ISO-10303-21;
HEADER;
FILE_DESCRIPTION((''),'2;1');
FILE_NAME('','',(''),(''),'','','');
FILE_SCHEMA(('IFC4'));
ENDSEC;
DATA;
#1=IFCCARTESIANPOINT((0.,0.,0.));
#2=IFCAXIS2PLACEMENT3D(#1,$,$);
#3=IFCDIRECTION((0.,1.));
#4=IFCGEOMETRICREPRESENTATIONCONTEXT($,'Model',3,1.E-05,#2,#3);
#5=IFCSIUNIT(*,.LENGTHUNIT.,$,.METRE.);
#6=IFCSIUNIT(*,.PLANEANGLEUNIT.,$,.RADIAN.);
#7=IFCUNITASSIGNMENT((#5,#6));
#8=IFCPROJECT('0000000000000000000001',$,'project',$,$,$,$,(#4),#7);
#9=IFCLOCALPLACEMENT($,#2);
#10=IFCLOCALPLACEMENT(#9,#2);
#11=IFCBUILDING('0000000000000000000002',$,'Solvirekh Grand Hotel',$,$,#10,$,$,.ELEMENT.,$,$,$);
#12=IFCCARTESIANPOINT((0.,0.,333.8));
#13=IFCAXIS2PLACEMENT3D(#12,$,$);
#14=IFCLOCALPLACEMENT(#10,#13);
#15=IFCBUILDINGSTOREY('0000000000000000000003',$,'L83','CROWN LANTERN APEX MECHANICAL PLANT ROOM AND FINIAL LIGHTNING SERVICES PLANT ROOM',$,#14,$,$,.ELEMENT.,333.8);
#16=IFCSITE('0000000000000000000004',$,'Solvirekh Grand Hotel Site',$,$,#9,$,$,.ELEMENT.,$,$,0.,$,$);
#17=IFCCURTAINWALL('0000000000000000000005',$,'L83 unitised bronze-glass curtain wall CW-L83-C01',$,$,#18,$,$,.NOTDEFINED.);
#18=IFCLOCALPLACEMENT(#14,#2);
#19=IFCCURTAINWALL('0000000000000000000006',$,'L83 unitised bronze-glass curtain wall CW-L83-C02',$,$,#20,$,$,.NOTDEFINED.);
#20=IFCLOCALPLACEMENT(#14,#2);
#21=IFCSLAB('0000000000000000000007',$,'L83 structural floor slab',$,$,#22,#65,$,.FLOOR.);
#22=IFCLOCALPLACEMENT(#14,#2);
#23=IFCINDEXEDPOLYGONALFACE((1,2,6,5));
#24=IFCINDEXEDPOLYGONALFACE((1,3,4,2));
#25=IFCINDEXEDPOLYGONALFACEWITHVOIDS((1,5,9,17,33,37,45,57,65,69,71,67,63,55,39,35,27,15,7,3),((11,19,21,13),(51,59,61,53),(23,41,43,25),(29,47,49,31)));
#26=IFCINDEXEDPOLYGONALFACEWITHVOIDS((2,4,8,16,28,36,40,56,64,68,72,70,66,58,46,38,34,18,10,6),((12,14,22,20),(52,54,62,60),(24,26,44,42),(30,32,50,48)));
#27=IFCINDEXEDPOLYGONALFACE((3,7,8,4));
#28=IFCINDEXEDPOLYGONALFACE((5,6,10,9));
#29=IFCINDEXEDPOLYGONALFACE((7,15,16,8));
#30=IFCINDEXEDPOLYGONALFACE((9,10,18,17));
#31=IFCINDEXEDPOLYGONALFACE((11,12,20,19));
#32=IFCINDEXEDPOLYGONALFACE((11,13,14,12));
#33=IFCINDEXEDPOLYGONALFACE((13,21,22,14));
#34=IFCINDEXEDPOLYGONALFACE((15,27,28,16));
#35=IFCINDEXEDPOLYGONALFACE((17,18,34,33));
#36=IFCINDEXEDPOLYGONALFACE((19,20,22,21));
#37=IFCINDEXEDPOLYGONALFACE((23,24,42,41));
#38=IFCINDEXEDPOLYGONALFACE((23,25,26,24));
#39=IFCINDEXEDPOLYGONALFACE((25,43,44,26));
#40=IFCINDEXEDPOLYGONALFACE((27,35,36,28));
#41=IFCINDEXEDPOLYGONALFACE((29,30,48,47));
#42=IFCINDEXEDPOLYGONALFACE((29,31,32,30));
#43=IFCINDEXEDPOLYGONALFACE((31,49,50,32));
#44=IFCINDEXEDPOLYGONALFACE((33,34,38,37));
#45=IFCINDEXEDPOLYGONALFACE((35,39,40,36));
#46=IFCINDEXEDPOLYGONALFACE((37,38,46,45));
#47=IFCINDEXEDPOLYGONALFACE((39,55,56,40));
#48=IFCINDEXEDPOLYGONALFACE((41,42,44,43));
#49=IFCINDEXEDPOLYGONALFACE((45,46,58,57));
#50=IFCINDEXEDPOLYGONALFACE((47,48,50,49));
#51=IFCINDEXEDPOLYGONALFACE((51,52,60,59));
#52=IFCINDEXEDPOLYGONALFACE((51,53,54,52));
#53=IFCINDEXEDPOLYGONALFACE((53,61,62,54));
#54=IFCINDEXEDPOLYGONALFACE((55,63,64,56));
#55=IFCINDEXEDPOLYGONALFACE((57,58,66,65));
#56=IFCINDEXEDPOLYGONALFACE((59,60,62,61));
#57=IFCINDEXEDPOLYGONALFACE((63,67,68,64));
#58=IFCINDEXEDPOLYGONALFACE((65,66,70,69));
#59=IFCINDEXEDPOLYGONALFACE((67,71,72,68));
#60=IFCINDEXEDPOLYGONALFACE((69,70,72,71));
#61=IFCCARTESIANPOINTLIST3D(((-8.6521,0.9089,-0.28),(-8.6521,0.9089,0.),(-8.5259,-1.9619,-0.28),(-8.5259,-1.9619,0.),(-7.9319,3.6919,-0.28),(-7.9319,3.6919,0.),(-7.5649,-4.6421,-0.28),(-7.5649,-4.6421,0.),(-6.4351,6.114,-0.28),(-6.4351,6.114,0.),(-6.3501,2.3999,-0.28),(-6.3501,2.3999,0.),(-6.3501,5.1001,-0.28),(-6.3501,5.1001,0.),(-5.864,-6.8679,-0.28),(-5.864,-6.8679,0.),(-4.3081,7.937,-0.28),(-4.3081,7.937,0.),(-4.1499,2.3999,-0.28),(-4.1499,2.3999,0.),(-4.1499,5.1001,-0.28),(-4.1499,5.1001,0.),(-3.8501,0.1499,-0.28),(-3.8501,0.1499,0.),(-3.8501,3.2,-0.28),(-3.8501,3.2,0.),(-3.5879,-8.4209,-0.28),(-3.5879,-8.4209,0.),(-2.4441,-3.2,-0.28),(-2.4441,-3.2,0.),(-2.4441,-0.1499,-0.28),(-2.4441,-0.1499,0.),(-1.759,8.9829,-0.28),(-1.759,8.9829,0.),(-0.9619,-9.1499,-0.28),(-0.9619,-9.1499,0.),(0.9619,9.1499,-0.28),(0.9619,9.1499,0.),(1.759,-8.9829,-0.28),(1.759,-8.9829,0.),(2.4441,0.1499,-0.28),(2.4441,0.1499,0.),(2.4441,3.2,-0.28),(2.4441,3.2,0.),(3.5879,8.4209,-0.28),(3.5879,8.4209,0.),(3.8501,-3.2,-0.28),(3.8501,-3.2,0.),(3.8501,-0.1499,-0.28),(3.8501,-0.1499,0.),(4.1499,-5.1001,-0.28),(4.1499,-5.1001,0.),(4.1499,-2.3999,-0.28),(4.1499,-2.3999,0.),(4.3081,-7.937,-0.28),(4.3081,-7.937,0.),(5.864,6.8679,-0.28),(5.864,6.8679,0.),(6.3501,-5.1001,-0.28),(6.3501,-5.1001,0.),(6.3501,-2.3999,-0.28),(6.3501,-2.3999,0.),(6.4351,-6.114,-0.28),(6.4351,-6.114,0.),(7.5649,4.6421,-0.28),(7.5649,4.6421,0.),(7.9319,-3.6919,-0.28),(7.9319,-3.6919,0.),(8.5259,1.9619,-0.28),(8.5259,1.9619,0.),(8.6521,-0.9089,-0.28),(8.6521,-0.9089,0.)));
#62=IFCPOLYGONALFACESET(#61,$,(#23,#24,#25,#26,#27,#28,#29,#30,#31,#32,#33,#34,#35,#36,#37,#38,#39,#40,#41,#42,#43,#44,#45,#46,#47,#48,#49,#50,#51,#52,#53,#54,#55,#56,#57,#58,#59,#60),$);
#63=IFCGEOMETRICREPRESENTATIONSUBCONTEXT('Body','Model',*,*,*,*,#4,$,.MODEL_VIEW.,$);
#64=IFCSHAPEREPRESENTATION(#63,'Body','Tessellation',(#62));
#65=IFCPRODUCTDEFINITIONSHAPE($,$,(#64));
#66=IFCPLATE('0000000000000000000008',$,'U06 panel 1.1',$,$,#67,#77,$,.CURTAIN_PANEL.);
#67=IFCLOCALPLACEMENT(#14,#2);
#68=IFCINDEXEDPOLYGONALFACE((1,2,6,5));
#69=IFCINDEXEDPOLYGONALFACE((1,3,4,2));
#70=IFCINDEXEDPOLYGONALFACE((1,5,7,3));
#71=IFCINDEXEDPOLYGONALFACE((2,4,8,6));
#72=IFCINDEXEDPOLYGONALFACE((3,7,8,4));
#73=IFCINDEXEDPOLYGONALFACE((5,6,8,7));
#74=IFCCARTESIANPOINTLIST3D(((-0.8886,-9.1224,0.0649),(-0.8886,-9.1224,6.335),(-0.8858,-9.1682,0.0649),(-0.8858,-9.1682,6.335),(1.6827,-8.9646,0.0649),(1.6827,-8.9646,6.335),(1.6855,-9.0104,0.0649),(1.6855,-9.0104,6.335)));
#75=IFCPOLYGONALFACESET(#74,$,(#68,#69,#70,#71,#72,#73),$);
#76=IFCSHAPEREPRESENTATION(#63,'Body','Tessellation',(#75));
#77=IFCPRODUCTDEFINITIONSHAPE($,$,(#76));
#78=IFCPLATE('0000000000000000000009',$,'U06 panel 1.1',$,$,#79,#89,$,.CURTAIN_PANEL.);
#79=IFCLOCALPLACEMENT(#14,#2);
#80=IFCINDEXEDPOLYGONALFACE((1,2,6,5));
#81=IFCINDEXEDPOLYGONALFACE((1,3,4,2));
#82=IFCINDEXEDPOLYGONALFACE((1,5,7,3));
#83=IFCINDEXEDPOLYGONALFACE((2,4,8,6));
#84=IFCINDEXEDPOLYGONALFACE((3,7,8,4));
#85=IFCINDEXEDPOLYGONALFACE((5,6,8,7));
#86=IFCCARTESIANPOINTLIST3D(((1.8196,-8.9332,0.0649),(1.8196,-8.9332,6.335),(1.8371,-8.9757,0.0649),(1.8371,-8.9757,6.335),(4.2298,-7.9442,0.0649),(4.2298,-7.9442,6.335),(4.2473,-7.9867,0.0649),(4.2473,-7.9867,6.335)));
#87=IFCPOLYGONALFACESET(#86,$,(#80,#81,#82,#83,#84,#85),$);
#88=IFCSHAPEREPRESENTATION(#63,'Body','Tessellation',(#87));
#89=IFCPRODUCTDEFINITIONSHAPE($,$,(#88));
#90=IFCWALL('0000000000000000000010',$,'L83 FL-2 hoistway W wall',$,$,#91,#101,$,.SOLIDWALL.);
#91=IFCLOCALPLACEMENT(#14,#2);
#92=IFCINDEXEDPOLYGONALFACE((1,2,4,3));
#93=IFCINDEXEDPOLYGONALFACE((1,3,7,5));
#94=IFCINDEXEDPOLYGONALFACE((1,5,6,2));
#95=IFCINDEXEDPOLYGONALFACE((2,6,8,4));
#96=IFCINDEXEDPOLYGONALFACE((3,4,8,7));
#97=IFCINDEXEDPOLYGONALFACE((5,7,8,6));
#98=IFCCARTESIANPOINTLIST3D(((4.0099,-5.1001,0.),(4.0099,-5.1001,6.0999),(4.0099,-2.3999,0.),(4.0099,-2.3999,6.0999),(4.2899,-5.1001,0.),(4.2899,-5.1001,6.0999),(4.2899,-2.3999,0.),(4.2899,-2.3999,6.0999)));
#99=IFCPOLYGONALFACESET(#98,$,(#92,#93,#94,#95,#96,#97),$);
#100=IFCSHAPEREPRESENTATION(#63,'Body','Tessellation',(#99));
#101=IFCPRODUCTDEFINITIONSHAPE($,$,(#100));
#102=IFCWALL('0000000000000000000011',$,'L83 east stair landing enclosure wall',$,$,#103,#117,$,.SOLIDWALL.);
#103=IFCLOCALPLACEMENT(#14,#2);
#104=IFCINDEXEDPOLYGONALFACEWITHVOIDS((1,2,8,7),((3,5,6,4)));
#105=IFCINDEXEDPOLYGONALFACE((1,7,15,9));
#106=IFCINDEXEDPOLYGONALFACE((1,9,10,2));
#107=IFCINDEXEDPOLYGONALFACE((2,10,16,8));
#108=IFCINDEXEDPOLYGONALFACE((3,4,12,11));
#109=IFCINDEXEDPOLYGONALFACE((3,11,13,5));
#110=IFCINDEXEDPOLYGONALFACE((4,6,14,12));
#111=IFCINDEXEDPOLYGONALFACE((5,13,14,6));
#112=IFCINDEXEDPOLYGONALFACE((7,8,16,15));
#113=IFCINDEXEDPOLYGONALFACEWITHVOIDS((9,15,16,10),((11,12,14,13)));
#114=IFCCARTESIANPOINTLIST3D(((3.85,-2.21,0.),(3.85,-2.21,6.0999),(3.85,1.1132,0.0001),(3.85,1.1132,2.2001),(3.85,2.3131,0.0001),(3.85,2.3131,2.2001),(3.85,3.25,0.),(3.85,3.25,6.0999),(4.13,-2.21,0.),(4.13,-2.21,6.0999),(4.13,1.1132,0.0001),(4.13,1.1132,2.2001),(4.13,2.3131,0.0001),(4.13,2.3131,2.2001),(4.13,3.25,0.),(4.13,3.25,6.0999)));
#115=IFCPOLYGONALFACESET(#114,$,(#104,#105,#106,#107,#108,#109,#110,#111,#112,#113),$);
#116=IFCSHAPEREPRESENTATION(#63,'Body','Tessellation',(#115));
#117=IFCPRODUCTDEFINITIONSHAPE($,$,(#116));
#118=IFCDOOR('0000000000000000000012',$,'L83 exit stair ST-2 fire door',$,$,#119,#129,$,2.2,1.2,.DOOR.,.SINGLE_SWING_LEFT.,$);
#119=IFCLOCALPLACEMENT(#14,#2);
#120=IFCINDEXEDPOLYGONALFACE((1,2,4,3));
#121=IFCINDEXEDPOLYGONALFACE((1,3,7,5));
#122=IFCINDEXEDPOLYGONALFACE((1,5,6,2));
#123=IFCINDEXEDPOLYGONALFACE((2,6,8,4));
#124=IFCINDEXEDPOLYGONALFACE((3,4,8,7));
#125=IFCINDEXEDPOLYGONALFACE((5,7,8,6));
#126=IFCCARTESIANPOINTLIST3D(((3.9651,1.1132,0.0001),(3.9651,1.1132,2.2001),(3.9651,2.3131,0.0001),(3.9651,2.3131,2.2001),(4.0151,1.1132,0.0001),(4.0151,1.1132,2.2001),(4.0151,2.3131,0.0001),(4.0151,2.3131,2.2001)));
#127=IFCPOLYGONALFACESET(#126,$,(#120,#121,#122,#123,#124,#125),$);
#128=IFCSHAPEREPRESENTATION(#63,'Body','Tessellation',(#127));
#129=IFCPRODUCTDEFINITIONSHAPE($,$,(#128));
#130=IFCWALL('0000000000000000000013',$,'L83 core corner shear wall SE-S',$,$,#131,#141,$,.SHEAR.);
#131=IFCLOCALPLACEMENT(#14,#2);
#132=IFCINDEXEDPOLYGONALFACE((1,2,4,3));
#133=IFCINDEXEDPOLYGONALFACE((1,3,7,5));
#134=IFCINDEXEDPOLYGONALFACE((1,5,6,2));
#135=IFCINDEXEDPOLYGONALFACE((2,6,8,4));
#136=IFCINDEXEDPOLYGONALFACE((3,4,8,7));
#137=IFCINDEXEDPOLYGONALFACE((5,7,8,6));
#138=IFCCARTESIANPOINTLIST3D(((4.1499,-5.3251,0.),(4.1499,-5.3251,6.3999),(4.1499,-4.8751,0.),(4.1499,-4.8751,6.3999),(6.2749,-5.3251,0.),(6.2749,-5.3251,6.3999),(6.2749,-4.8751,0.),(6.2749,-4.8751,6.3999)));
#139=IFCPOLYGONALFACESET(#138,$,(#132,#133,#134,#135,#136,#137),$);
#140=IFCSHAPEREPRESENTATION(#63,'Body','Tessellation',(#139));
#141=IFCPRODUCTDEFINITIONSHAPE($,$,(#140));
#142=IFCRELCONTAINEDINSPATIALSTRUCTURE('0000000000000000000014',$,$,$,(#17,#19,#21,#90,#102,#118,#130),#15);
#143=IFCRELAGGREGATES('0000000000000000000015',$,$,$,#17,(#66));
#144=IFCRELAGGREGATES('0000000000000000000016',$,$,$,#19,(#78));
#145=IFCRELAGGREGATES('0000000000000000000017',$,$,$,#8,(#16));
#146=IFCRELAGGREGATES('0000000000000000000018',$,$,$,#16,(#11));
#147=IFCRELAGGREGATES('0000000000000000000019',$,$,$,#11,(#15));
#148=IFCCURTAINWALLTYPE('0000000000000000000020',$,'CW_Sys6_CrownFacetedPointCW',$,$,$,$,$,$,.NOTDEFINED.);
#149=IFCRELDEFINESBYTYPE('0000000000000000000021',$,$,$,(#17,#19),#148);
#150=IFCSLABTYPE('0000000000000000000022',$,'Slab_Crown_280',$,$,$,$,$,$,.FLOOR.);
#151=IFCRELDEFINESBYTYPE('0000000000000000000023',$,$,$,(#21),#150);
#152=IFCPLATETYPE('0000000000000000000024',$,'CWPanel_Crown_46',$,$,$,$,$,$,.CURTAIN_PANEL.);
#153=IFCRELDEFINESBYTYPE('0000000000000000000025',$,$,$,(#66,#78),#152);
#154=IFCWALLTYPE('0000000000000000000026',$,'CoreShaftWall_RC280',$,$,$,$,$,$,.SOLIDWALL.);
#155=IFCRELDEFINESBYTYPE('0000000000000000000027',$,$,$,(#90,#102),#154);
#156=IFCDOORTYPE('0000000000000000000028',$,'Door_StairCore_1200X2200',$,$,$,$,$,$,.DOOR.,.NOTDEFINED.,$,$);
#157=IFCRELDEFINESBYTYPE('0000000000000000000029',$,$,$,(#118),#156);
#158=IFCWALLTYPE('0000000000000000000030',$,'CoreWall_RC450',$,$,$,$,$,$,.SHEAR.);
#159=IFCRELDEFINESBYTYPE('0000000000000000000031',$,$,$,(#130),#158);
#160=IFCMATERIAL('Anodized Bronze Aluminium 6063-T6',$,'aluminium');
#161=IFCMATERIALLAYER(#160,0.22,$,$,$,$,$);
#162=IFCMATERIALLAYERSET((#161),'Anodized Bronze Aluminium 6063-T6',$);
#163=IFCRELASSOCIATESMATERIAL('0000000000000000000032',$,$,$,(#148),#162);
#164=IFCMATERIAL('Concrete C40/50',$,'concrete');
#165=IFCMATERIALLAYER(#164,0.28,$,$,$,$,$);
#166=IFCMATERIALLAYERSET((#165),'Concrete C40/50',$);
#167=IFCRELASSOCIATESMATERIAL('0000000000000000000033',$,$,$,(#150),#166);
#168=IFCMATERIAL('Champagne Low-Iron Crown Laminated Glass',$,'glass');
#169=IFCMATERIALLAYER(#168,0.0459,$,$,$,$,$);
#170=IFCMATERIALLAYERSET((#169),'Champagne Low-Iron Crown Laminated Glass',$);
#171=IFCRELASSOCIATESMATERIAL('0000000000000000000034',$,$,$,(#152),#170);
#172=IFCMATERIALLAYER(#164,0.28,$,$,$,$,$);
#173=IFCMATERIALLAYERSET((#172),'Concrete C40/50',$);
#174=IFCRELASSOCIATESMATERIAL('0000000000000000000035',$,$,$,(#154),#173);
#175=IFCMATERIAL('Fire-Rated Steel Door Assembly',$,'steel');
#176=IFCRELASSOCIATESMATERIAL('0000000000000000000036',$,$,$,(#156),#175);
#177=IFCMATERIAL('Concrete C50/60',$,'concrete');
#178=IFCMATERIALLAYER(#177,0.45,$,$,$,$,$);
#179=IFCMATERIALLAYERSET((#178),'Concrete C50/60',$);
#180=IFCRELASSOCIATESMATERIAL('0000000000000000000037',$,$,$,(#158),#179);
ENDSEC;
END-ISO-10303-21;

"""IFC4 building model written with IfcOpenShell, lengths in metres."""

from ifc_helpers import new_model, si_unit, direction, frame, frame_2d, origin, origin_2d, place, context, subcontext, project, spatial, polyline, rectangle, outline, extrude, source, transform, mapped, material, layer, layer_set, type_object, element, fill, aggregate, save


model = new_model("IFC4")

# Units and contexts
model_context = context("Model", 3, precision=1e-05, world=origin(), true_north=direction((0.0, 1.0)))
body_context = subcontext(model_context, "Body", "Model", "MODEL_VIEW")
ifc_project = project(units=[si_unit("LENGTHUNIT", "METRE"), si_unit("PLANEANGLEUNIT", "RADIAN")], contexts=[model_context])

# Site, building, storey
site_placement = place(None, origin())
site = spatial("IfcSite", under=ifc_project, at=site_placement, Name="Solvirekh Grand Hotel Site", CompositionType="ELEMENT", RefElevation=0.0)
building_placement = place(site_placement, origin())
building = spatial("IfcBuilding", under=site, at=building_placement, Name="Solvirekh Grand Hotel", CompositionType="ELEMENT")
storey_placement = place(building_placement, frame((0.0, 0.0, 333.8)))
storey = spatial("IfcBuildingStorey", under=building, at=storey_placement, Name="L83", Description="CROWN LANTERN APEX MECHANICAL PLANT ROOM AND FINIAL LIGHTNING SERVICES PLANT ROOM", CompositionType="ELEMENT", Elevation=333.8)

# Curtain walls
ifc_material_1 = material(Name="Anodized Bronze Aluminium 6063-T6", Category="aluminium")
ifc_layer_1 = layer(ifc_material_1, 0.22)
ifc_layer_set_1 = layer_set([ifc_layer_1], Name="Anodized Bronze Aluminium 6063-T6")
curtain_wall_type = type_object("IfcCurtainWallType", Name="CW_Sys6_CrownFacetedPointCW", PredefinedType="NOTDEFINED", material=ifc_layer_set_1)
curtain_wall_1_placement = place(storey_placement, origin())
curtain_wall_1 = element("IfcCurtainWall", 1, at=curtain_wall_1_placement, inside=storey, type_object=curtain_wall_type, Name="L83 unitised bronze-glass curtain wall CW-L83-C01", PredefinedType="NOTDEFINED")
curtain_wall_2_placement = place(storey_placement, origin())
curtain_wall_2 = element("IfcCurtainWall", 2, at=curtain_wall_2_placement, inside=storey, type_object=curtain_wall_type, Name="L83 unitised bronze-glass curtain wall CW-L83-C02", PredefinedType="NOTDEFINED")

# Slab
ifc_material_2 = material(Name="Concrete C40/50", Category="concrete")
ifc_layer_2 = layer(ifc_material_2, 0.28)
ifc_layer_set_2 = layer_set([ifc_layer_2], Name="Concrete C40/50")
slab_type = type_object("IfcSlabType", Name="Slab_Crown_280", PredefinedType="FLOOR", material=ifc_layer_set_2)
slab_placement = place(storey_placement, frame((0.0, 0.0, -0.28)))
element("IfcSlab", 3, at=slab_placement, inside=storey, type_object=slab_type, Name="L83 structural floor slab", PredefinedType="FLOOR", context=body_context, shape_type="SweptSolid", body=[
    extrude(outline(polyline([(-0.9619, -9.1499), (1.759, -8.9829), (4.3081, -7.937), (6.4351, -6.114), (7.9319, -3.6919), (8.6521, -0.9089), (8.5259, 1.9619), (7.5649, 4.6421), (5.864, 6.8679), (3.5879, 8.4209), (0.9619, 9.1499), (-1.759, 8.9829), (-4.3081, 7.937), (-6.4351, 6.114), (-7.9319, 3.6919), (-8.6521, 0.9089), (-8.5259, -1.9619), (-7.5649, -4.6421), (-5.864, -6.8679), (-3.5879, -8.4209), (-0.9619, -9.1499)]), holes=[polyline([(-2.4441, -0.1499), (3.8501, -0.1499), (3.8501, -3.2), (-2.4441, -3.2), (-2.4441, -0.1499)]), polyline([(2.4441, 0.1499), (-3.8501, 0.1499), (-3.8501, 3.2), (2.4441, 3.2), (2.4441, 0.1499)]), polyline([(-6.3501, 5.1001), (-4.1499, 5.1001), (-4.1499, 2.3999), (-6.3501, 2.3999), (-6.3501, 5.1001)]), polyline([(4.1499, -2.3999), (6.3501, -2.3999), (6.3501, -5.1001), (4.1499, -5.1001), (4.1499, -2.3999)])]), origin(), (0.0, 0.0, 1.0), 0.28),
])

# Plates
ifc_material_3 = material(Name="Champagne Low-Iron Crown Laminated Glass", Category="glass")
ifc_layer_3 = layer(ifc_material_3, 0.0459)
ifc_layer_set_3 = layer_set([ifc_layer_3], Name="Champagne Low-Iron Crown Laminated Glass")
plate_type_1 = type_object("IfcPlateType", Name="CWPanel_Crown_46", PredefinedType="CURTAIN_PANEL", material=ifc_layer_set_3)
shared_shape_1 = source(origin(), body_context, "Body", "SweptSolid", [
    extrude(rectangle(XDim=2.5762, YDim=0.0459, at=origin_2d()), origin(), (0.0, 0.0, 1.0), 6.27),
])
plate_1_placement = place(storey_placement, frame((0.3984, -9.0664, 0.0649), z_axis=(0.0, 0.0, 1.0), x_axis=(0.998122, 0.061259, 0.0)))
plate_1 = element("IfcPlate", 4, at=plate_1_placement, type_object=plate_type_1, Name="U06 panel 1.1", PredefinedType="CURTAIN_PANEL", context=body_context, shape_type="MappedRepresentation", body=[
    mapped(shared_shape_1, transform((0.0, 0.0, 0.0), x_axis=(1.0, 0.0, 0.0), y_axis=(0.0, 1.0, 0.0), z_axis=(0.0, 0.0, 1.0), scale=1.0)),
])
aggregate(curtain_wall_1, [plate_1])
shared_shape_2 = source(origin(), body_context, "Body", "SweptSolid", [
    extrude(rectangle(XDim=2.6052, YDim=0.0459, at=origin_2d()), origin(), (0.0, 0.0, 1.0), 6.27),
])
plate_2_placement = place(storey_placement, frame((3.0334, -8.46, 0.0649), z_axis=(0.0, 0.0, 1.0), x_axis=(0.925136, 0.379636, 0.0)))
plate_2 = element("IfcPlate", 5, at=plate_2_placement, type_object=plate_type_1, Name="U06 panel 1.1", PredefinedType="CURTAIN_PANEL", context=body_context, shape_type="MappedRepresentation", body=[
    mapped(shared_shape_2, transform((0.0, 0.0, 0.0), x_axis=(1.0, 0.0, 0.0), y_axis=(0.0, 1.0, 0.0), z_axis=(0.0, 0.0, 1.0), scale=1.0)),
])
aggregate(curtain_wall_2, [plate_2])

# Wall
ifc_layer_4 = layer(ifc_material_2, 0.28)
ifc_layer_set_4 = layer_set([ifc_layer_4], Name="Concrete C40/50")
wall_type_1 = type_object("IfcWallType", Name="CoreShaftWall_RC280", PredefinedType="SOLIDWALL", material=ifc_layer_set_4)
wall_1_placement = place(storey_placement, frame((4.1499, -2.3999, 0.0), z_axis=(0.0, 0.0, 1.0), x_axis=(0.0, -1.0, 0.0)))
element("IfcWall", 6, at=wall_1_placement, inside=storey, type_object=wall_type_1, Name="L83 FL-2 hoistway W wall", PredefinedType="SOLIDWALL", context=body_context, shape_type="SweptSolid", body=[
    extrude(rectangle(XDim=2.7002, YDim=0.28, at=frame_2d((1.3501, 0.0))), origin(), (0.0, 0.0, 1.0), 6.0999),
])

# Wall, opening, door
wall_2_placement = place(storey_placement, frame((3.99, -2.21, 0.0), z_axis=(0.0, 0.0, 1.0), x_axis=(0.0, 1.0, 0.0)))
wall_2 = element("IfcWall", 7, at=wall_2_placement, inside=storey, type_object=wall_type_1, Name="L83 east stair landing enclosure wall", PredefinedType="SOLIDWALL", context=body_context, shape_type="SweptSolid", body=[
    extrude(rectangle(XDim=5.46, YDim=0.28, at=frame_2d((2.73, 0.0))), origin(), (0.0, 0.0, 1.0), 6.0999),
])
opening_placement = place(wall_2_placement, frame((3.323, 0.0, 0.0)))
opening = element("IfcOpeningElement", 8, at=opening_placement, cuts=wall_2, PredefinedType="OPENING", context=body_context, shape_type="SweptSolid", body=[
    extrude(rectangle(XDim=1.2, YDim=2.2, at=frame_2d((0.6001, 1.1001))), frame((0.0, 0.1499, 0.0), z_axis=(0.0, -1.0, 0.0), x_axis=(1.0, 0.0, 0.0)), (0.0, 0.0, 1.0), 0.3),
])
ifc_material_4 = material(Name="Fire-Rated Steel Door Assembly", Category="steel")
door_type = type_object("IfcDoorType", Name="Door_StairCore_1200X2200", OperationType="NOTDEFINED", PredefinedType="DOOR", material=ifc_material_4)
door_placement = place(opening_placement, origin())
door = element("IfcDoor", 9, at=door_placement, inside=storey, type_object=door_type, Name="L83 exit stair ST-2 fire door", OperationType="SINGLE_SWING_LEFT", OverallHeight=2.2, OverallWidth=1.2, PredefinedType="DOOR", context=body_context, shape_type="SweptSolid", body=[
    extrude(rectangle(XDim=1.2, YDim=2.2, at=frame_2d((0.6001, 1.1001))), frame((0.0, 0.0249, 0.0), z_axis=(0.0, -1.0, 0.0), x_axis=(1.0, 0.0, 0.0)), (0.0, 0.0, 1.0), 0.05),
])
fill(opening, door)

# Wall
ifc_material_5 = material(Name="Concrete C50/60", Category="concrete")
ifc_layer_5 = layer(ifc_material_5, 0.45)
ifc_layer_set_5 = layer_set([ifc_layer_5], Name="Concrete C50/60")
wall_type_2 = type_object("IfcWallType", Name="CoreWall_RC450", PredefinedType="SHEAR", material=ifc_layer_set_5)
wall_3_placement = place(storey_placement, frame((4.1499, -5.1001, 0.0), z_axis=(0.0, 0.0, 1.0), x_axis=(1.0, 0.0, 0.0)))
element("IfcWall", 10, at=wall_3_placement, inside=storey, type_object=wall_type_2, Name="L83 core corner shear wall SE-S", PredefinedType="SHEAR", context=body_context, shape_type="SweptSolid", body=[
    extrude(rectangle(XDim=2.125, YDim=0.45, at=frame_2d((1.0625, 0.0))), origin(), (0.0, 0.0, 1.0), 6.3999),
])

save(model, "model.ifc")
